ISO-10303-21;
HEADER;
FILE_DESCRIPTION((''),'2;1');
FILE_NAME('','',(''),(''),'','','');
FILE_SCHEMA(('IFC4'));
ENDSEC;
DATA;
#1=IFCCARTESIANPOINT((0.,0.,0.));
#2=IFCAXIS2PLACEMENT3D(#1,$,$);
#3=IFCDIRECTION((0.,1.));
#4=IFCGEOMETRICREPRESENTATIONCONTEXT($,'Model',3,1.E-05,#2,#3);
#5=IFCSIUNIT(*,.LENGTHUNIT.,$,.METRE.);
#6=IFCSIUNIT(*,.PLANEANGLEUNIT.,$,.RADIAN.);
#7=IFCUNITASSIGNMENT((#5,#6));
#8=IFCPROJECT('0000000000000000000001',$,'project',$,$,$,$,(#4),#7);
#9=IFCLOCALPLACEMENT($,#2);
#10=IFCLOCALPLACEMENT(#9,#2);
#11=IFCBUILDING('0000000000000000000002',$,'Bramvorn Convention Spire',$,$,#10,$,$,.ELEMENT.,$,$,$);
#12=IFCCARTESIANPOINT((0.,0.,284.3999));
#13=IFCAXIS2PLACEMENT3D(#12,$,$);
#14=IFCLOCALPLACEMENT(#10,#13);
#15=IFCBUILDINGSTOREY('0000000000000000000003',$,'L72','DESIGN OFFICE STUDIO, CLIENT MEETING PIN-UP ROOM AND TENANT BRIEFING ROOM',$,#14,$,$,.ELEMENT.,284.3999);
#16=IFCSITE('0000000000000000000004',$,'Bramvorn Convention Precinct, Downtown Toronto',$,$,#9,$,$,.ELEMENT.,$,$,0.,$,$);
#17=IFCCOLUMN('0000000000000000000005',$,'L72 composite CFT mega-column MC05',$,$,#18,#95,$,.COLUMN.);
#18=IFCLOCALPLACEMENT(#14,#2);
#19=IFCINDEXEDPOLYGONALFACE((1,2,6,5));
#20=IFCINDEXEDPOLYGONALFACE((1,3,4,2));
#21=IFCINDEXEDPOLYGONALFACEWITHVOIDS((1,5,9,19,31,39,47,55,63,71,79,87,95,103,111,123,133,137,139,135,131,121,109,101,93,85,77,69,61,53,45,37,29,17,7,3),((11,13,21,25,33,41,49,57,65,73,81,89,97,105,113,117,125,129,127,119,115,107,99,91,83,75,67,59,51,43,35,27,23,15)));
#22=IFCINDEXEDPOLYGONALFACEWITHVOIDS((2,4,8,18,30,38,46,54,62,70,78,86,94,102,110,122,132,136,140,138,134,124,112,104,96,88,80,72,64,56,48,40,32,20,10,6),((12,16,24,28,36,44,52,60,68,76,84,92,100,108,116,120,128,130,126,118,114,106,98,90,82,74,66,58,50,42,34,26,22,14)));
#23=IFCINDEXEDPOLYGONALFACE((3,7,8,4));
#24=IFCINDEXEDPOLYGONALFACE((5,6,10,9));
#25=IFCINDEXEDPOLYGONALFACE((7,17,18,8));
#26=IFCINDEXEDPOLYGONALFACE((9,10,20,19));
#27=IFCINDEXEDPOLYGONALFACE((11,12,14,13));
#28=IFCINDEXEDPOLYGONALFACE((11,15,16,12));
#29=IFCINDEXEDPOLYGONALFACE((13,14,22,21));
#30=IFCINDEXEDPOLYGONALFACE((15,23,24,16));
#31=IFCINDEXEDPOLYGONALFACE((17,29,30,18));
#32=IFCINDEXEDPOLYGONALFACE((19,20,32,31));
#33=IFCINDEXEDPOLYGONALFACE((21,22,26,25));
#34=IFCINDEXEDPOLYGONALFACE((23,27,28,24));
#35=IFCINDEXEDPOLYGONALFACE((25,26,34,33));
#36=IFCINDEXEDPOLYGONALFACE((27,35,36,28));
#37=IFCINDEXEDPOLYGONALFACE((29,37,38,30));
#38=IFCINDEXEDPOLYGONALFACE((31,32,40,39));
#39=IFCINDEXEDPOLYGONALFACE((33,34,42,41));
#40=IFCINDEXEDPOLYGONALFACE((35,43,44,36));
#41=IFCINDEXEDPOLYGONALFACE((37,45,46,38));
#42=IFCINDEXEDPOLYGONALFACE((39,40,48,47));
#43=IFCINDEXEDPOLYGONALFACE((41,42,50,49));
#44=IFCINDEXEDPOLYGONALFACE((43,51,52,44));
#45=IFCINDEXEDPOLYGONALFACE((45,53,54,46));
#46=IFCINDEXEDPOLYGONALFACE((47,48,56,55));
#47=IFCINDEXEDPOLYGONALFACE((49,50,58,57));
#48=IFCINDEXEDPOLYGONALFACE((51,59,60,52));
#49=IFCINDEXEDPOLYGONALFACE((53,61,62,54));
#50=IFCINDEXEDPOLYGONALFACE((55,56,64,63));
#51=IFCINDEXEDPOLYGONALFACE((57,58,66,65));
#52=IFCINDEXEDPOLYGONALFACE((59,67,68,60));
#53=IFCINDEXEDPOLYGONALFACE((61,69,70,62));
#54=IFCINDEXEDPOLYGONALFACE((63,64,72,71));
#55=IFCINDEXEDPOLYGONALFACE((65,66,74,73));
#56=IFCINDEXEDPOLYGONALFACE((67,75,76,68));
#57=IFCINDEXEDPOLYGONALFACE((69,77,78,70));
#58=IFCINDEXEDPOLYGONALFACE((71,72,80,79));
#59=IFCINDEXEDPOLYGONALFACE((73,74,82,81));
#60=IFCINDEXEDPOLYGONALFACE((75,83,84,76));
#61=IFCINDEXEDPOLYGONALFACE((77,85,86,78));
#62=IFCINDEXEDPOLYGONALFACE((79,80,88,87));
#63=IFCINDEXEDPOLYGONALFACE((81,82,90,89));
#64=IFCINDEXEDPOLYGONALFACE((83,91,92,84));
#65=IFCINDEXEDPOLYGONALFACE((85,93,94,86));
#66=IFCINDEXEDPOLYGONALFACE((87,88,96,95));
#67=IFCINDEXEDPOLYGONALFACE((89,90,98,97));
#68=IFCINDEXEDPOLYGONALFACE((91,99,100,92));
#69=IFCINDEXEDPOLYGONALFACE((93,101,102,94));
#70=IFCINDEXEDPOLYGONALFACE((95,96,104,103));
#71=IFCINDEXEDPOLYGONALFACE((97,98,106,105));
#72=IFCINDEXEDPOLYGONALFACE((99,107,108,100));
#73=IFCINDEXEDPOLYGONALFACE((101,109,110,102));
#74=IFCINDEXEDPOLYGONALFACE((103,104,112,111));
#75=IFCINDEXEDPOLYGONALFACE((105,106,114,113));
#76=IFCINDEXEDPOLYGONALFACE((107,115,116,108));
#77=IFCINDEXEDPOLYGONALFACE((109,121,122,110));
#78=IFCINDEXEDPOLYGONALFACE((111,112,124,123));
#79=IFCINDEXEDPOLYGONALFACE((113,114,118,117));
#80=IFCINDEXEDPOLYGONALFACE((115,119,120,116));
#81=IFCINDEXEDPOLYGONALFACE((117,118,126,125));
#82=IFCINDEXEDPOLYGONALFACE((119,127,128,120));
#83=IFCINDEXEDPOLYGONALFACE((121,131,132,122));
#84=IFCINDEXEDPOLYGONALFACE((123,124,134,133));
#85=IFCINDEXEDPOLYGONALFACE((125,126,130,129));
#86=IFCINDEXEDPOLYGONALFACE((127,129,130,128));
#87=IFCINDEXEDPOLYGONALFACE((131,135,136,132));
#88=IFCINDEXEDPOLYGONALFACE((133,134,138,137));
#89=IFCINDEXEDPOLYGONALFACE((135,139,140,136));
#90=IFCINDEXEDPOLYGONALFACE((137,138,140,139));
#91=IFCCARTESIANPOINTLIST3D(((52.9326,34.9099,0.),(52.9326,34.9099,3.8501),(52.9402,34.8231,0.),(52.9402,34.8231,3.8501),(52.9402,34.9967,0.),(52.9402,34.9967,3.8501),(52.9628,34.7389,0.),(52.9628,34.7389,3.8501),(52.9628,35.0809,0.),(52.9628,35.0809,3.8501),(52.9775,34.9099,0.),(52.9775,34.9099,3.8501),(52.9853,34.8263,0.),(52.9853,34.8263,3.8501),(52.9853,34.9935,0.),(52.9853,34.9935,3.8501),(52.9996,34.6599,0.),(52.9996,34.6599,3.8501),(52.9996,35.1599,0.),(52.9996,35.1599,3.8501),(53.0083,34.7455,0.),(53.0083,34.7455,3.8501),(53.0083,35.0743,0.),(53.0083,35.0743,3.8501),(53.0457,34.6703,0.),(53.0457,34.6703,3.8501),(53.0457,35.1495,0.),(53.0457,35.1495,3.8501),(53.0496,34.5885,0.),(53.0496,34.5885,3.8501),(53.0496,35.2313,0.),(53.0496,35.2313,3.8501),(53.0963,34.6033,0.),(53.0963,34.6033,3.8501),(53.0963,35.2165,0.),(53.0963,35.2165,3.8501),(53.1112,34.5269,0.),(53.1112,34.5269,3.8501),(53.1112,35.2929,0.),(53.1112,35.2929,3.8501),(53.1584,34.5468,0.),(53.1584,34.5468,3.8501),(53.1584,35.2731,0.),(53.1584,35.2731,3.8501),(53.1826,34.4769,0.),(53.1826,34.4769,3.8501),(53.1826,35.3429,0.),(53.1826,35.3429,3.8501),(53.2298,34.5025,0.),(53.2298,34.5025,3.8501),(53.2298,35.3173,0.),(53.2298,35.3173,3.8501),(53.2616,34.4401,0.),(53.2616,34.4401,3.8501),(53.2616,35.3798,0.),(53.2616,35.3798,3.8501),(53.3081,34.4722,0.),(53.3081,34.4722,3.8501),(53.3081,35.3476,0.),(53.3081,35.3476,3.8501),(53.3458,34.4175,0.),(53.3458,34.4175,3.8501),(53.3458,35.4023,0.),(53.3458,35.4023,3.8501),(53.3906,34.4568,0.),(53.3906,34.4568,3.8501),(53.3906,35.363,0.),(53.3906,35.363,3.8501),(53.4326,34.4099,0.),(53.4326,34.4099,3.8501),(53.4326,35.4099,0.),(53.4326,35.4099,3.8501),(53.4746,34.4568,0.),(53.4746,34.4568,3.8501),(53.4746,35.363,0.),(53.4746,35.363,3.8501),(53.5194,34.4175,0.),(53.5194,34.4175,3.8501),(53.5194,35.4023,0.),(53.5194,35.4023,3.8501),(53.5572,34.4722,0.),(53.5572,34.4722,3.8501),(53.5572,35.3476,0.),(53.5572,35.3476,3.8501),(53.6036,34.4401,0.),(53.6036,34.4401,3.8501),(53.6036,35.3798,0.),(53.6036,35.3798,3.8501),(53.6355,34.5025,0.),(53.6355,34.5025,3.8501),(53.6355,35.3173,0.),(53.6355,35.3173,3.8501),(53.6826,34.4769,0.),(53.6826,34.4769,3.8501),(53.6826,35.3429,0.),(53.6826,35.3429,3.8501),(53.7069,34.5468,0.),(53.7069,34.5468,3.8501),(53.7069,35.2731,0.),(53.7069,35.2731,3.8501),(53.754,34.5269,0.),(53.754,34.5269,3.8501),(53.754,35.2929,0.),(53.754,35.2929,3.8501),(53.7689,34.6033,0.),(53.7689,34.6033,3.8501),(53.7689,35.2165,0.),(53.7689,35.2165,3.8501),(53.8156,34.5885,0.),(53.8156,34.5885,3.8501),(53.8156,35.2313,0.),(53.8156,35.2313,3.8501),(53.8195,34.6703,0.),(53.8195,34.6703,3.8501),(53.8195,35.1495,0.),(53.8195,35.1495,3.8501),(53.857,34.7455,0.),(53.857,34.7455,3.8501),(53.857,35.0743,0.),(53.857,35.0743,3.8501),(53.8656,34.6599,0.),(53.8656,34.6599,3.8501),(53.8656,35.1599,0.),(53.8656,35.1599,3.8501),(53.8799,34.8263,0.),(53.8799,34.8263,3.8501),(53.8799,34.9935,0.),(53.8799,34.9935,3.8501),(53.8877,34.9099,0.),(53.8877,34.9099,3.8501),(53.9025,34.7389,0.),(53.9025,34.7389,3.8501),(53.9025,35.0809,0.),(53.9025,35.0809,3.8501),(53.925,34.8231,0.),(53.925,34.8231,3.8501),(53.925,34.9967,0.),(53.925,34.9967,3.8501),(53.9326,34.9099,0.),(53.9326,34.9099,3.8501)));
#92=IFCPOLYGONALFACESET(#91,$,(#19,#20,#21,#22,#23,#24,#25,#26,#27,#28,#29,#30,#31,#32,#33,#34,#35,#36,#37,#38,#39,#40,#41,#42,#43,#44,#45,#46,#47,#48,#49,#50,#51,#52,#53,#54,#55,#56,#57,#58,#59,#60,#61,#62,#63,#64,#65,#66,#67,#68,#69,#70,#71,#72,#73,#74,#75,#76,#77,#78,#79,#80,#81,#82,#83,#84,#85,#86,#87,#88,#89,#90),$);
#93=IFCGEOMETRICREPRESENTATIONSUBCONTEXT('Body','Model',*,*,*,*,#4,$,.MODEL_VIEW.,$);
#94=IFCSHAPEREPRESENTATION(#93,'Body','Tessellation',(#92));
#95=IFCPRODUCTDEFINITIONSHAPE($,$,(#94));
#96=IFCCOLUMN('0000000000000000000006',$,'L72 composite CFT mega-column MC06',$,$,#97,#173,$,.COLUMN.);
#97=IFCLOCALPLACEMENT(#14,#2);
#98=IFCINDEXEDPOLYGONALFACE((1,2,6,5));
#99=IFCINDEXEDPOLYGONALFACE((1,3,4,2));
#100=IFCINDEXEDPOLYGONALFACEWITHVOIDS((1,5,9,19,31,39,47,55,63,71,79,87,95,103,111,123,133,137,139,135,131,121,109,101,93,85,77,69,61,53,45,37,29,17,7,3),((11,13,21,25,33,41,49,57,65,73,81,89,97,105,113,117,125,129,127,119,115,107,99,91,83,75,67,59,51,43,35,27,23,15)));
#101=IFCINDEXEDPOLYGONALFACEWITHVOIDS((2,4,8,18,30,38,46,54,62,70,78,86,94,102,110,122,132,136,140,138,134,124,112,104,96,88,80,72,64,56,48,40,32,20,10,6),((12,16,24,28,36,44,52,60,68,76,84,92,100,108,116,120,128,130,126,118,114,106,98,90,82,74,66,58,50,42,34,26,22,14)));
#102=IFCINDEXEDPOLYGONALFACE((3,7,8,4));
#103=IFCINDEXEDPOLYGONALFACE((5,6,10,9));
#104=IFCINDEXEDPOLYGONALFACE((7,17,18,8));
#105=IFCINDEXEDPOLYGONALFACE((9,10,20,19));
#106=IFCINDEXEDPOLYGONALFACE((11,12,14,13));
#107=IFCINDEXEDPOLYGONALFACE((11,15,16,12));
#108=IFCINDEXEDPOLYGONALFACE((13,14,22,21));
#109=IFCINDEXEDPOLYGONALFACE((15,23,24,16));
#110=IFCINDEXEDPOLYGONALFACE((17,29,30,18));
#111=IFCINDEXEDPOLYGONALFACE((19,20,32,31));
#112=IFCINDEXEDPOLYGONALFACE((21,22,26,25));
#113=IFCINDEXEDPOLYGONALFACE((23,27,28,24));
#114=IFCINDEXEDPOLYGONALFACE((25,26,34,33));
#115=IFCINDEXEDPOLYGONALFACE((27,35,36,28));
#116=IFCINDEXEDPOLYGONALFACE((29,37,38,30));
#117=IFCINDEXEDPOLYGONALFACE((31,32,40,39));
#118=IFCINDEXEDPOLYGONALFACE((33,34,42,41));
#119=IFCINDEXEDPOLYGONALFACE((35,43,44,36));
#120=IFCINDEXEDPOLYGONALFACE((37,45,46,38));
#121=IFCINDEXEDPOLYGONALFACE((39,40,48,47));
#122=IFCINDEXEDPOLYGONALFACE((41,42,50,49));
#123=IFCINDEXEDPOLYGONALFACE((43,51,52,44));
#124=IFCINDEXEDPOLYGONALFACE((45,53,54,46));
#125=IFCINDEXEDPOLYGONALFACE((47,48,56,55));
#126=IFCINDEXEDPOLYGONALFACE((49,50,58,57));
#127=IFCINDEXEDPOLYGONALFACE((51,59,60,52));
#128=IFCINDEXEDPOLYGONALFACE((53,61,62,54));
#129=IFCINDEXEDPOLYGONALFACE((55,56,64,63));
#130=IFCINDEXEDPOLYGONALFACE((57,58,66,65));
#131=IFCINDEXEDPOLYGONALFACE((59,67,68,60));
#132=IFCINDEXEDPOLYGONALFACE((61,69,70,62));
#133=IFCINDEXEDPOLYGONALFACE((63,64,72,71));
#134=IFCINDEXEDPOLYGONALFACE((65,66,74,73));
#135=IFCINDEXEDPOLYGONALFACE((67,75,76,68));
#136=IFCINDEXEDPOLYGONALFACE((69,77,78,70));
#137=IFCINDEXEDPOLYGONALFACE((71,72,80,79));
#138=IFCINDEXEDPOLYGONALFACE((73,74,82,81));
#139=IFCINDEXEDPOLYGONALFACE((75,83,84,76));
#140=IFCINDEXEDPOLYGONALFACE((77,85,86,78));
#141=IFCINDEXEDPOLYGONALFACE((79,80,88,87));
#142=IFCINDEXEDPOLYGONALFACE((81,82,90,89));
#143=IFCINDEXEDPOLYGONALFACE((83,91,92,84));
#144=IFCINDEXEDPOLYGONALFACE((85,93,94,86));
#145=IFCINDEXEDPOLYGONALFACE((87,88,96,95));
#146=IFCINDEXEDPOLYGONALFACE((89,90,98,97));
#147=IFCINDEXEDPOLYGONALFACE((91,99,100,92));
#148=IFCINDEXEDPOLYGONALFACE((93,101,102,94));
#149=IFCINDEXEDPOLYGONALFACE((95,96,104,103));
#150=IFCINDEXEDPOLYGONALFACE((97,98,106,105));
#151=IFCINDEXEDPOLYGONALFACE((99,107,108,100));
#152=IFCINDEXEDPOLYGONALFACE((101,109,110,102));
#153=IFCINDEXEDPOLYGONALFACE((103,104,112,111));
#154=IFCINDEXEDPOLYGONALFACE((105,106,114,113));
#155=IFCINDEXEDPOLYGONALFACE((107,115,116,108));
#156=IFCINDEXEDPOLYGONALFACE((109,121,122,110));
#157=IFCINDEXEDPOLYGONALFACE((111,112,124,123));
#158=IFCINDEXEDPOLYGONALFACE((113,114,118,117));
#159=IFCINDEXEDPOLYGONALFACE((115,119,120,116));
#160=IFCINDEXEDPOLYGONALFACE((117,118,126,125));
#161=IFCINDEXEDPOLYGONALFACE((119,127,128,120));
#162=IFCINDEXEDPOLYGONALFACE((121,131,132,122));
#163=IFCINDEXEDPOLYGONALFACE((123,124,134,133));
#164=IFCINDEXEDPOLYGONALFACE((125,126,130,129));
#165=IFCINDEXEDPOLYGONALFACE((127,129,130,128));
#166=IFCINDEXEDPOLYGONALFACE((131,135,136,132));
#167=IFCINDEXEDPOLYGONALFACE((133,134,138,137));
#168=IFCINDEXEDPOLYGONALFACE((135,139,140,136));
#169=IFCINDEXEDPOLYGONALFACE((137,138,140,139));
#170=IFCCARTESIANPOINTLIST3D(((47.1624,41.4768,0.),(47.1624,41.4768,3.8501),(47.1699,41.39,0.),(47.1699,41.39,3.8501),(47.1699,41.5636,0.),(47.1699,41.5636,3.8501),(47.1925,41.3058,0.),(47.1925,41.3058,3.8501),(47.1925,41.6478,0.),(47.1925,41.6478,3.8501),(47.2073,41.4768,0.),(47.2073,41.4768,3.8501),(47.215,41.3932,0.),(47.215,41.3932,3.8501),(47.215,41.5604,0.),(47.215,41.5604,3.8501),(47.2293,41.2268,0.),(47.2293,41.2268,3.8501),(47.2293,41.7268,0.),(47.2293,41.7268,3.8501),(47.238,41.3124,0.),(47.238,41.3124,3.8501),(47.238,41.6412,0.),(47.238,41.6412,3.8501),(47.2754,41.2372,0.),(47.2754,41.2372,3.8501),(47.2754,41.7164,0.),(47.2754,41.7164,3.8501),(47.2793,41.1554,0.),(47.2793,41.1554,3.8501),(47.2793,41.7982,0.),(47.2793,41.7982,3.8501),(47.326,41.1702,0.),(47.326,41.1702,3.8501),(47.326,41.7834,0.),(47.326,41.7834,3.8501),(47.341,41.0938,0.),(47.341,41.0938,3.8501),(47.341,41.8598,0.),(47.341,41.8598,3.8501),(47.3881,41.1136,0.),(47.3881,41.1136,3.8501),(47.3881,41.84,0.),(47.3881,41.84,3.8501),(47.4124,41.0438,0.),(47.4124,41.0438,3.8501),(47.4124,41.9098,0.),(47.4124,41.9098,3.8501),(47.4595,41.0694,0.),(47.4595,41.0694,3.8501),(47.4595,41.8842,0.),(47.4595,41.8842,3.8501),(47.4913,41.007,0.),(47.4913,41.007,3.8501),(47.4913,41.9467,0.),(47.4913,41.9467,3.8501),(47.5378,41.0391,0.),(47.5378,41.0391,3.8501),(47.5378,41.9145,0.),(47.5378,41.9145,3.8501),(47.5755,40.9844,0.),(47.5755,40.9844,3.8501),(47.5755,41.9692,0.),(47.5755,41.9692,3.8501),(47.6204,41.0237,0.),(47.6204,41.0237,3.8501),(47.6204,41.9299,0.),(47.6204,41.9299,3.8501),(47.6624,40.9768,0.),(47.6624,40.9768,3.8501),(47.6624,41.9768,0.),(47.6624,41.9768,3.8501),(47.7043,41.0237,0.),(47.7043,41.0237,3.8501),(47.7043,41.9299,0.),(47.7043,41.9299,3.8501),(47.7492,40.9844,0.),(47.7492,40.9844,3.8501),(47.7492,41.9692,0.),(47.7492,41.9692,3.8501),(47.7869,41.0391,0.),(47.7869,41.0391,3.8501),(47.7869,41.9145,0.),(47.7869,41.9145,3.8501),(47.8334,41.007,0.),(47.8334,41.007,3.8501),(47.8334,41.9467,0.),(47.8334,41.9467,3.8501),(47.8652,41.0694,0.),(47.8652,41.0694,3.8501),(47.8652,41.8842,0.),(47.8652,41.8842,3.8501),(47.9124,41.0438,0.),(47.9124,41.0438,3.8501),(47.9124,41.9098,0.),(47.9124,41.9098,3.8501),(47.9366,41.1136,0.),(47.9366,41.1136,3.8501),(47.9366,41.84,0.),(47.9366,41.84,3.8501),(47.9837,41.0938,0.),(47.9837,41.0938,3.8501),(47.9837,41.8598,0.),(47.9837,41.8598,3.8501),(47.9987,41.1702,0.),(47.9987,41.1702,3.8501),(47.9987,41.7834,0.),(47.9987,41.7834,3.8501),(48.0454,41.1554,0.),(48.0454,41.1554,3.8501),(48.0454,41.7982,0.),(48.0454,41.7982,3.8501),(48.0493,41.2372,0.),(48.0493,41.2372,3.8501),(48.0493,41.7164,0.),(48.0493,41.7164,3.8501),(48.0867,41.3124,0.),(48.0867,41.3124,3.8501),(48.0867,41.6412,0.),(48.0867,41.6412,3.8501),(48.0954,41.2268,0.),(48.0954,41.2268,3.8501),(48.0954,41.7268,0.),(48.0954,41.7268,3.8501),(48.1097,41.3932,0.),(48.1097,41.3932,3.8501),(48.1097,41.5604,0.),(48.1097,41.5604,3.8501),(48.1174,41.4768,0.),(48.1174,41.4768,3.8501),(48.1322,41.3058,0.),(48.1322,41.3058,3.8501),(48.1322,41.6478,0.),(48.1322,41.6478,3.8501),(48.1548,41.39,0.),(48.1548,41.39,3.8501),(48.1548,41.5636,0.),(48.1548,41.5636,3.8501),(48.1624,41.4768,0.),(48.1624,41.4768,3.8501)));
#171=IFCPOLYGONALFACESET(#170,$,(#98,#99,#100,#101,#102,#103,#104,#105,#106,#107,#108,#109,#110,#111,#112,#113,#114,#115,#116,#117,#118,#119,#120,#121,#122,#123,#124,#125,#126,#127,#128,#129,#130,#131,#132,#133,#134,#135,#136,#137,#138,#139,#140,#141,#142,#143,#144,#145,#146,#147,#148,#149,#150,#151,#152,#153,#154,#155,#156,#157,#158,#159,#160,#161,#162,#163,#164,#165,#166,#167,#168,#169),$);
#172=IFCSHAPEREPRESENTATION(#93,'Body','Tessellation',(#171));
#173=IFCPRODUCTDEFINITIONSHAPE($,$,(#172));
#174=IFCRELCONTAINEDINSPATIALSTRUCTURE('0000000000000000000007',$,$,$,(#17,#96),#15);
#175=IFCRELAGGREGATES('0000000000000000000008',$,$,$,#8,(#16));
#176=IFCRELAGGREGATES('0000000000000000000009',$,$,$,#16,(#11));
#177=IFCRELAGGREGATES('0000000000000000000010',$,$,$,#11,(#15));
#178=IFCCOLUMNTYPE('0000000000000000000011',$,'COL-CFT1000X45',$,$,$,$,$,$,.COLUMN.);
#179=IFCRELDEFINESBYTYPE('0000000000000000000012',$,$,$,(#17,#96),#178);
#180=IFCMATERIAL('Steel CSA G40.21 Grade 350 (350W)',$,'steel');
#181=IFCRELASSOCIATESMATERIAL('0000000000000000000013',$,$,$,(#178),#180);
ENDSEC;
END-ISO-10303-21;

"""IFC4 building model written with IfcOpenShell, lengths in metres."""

from ifc_helpers import new_model, si_unit, direction, frame, origin, origin_2d, place, context, subcontext, project, spatial, hollow_circle, extrude, material, material_profile, profile_set, type_object, element, save


model = new_model("IFC4")

# Units and contexts
model_context = context("Model", 3, precision=1e-05, world=origin(), true_north=direction((0.0, 1.0)))
body_context = subcontext(model_context, "Body", "Model", "MODEL_VIEW")
ifc_project = project(units=[si_unit("LENGTHUNIT", "METRE"), si_unit("PLANEANGLEUNIT", "RADIAN")], contexts=[model_context])

# Site, building, storey
site_placement = place(None, origin())
site = spatial("IfcSite", under=ifc_project, at=site_placement, Name="Bramvorn Convention Precinct, Downtown Toronto", CompositionType="ELEMENT", RefElevation=0.0)
building_placement = place(site_placement, origin())
building = spatial("IfcBuilding", under=site, at=building_placement, Name="Bramvorn Convention Spire", CompositionType="ELEMENT")
storey_placement = place(building_placement, frame((0.0, 0.0, 284.3999)))
storey = spatial("IfcBuildingStorey", under=building, at=storey_placement, Name="L72", Description="DESIGN OFFICE STUDIO, CLIENT MEETING PIN-UP ROOM AND TENANT BRIEFING ROOM", CompositionType="ELEMENT", Elevation=284.3999)

# Columns
ifc_material_1 = material(Name="Steel CSA G40.21 Grade 350 (350W)", Category="steel")
ifc_material_profile_1 = material_profile(ifc_material_1, hollow_circle(Radius=0.5, WallThickness=0.0449, at=origin_2d()))
ifc_profile_set_1 = profile_set([ifc_material_profile_1], Name="Steel CSA G40.21 Grade 350 (350W) - CFT1000X45")
column_type = type_object("IfcColumnType", Name="COL-CFT1000X45", PredefinedType="COLUMN", material=ifc_profile_set_1)
for number, where, z_axis, x_axis, name in (
    (1, (53.4326, 34.9099, 0.0), (0.0, 0.0, 1.0), (1.0, 0.0, 0.0), "L72 composite CFT mega-column MC05"),
    (2, (47.6624, 41.4768, 0.0), (0.0, 0.0, 1.0), (1.0, 0.0, 0.0), "L72 composite CFT mega-column MC06"),
):
    element("IfcColumn", number, at=place(storey_placement, frame(where, z_axis=z_axis, x_axis=x_axis)), inside=storey, type_object=column_type, Name=name, PredefinedType="COLUMN", context=body_context, shape_type="SweptSolid", body=[
        extrude(hollow_circle(Radius=0.5, WallThickness=0.0449, at=origin_2d()), origin(), (0.0, 0.0, 1.0), 3.8501),
    ])

save(model, "model.ifc")
